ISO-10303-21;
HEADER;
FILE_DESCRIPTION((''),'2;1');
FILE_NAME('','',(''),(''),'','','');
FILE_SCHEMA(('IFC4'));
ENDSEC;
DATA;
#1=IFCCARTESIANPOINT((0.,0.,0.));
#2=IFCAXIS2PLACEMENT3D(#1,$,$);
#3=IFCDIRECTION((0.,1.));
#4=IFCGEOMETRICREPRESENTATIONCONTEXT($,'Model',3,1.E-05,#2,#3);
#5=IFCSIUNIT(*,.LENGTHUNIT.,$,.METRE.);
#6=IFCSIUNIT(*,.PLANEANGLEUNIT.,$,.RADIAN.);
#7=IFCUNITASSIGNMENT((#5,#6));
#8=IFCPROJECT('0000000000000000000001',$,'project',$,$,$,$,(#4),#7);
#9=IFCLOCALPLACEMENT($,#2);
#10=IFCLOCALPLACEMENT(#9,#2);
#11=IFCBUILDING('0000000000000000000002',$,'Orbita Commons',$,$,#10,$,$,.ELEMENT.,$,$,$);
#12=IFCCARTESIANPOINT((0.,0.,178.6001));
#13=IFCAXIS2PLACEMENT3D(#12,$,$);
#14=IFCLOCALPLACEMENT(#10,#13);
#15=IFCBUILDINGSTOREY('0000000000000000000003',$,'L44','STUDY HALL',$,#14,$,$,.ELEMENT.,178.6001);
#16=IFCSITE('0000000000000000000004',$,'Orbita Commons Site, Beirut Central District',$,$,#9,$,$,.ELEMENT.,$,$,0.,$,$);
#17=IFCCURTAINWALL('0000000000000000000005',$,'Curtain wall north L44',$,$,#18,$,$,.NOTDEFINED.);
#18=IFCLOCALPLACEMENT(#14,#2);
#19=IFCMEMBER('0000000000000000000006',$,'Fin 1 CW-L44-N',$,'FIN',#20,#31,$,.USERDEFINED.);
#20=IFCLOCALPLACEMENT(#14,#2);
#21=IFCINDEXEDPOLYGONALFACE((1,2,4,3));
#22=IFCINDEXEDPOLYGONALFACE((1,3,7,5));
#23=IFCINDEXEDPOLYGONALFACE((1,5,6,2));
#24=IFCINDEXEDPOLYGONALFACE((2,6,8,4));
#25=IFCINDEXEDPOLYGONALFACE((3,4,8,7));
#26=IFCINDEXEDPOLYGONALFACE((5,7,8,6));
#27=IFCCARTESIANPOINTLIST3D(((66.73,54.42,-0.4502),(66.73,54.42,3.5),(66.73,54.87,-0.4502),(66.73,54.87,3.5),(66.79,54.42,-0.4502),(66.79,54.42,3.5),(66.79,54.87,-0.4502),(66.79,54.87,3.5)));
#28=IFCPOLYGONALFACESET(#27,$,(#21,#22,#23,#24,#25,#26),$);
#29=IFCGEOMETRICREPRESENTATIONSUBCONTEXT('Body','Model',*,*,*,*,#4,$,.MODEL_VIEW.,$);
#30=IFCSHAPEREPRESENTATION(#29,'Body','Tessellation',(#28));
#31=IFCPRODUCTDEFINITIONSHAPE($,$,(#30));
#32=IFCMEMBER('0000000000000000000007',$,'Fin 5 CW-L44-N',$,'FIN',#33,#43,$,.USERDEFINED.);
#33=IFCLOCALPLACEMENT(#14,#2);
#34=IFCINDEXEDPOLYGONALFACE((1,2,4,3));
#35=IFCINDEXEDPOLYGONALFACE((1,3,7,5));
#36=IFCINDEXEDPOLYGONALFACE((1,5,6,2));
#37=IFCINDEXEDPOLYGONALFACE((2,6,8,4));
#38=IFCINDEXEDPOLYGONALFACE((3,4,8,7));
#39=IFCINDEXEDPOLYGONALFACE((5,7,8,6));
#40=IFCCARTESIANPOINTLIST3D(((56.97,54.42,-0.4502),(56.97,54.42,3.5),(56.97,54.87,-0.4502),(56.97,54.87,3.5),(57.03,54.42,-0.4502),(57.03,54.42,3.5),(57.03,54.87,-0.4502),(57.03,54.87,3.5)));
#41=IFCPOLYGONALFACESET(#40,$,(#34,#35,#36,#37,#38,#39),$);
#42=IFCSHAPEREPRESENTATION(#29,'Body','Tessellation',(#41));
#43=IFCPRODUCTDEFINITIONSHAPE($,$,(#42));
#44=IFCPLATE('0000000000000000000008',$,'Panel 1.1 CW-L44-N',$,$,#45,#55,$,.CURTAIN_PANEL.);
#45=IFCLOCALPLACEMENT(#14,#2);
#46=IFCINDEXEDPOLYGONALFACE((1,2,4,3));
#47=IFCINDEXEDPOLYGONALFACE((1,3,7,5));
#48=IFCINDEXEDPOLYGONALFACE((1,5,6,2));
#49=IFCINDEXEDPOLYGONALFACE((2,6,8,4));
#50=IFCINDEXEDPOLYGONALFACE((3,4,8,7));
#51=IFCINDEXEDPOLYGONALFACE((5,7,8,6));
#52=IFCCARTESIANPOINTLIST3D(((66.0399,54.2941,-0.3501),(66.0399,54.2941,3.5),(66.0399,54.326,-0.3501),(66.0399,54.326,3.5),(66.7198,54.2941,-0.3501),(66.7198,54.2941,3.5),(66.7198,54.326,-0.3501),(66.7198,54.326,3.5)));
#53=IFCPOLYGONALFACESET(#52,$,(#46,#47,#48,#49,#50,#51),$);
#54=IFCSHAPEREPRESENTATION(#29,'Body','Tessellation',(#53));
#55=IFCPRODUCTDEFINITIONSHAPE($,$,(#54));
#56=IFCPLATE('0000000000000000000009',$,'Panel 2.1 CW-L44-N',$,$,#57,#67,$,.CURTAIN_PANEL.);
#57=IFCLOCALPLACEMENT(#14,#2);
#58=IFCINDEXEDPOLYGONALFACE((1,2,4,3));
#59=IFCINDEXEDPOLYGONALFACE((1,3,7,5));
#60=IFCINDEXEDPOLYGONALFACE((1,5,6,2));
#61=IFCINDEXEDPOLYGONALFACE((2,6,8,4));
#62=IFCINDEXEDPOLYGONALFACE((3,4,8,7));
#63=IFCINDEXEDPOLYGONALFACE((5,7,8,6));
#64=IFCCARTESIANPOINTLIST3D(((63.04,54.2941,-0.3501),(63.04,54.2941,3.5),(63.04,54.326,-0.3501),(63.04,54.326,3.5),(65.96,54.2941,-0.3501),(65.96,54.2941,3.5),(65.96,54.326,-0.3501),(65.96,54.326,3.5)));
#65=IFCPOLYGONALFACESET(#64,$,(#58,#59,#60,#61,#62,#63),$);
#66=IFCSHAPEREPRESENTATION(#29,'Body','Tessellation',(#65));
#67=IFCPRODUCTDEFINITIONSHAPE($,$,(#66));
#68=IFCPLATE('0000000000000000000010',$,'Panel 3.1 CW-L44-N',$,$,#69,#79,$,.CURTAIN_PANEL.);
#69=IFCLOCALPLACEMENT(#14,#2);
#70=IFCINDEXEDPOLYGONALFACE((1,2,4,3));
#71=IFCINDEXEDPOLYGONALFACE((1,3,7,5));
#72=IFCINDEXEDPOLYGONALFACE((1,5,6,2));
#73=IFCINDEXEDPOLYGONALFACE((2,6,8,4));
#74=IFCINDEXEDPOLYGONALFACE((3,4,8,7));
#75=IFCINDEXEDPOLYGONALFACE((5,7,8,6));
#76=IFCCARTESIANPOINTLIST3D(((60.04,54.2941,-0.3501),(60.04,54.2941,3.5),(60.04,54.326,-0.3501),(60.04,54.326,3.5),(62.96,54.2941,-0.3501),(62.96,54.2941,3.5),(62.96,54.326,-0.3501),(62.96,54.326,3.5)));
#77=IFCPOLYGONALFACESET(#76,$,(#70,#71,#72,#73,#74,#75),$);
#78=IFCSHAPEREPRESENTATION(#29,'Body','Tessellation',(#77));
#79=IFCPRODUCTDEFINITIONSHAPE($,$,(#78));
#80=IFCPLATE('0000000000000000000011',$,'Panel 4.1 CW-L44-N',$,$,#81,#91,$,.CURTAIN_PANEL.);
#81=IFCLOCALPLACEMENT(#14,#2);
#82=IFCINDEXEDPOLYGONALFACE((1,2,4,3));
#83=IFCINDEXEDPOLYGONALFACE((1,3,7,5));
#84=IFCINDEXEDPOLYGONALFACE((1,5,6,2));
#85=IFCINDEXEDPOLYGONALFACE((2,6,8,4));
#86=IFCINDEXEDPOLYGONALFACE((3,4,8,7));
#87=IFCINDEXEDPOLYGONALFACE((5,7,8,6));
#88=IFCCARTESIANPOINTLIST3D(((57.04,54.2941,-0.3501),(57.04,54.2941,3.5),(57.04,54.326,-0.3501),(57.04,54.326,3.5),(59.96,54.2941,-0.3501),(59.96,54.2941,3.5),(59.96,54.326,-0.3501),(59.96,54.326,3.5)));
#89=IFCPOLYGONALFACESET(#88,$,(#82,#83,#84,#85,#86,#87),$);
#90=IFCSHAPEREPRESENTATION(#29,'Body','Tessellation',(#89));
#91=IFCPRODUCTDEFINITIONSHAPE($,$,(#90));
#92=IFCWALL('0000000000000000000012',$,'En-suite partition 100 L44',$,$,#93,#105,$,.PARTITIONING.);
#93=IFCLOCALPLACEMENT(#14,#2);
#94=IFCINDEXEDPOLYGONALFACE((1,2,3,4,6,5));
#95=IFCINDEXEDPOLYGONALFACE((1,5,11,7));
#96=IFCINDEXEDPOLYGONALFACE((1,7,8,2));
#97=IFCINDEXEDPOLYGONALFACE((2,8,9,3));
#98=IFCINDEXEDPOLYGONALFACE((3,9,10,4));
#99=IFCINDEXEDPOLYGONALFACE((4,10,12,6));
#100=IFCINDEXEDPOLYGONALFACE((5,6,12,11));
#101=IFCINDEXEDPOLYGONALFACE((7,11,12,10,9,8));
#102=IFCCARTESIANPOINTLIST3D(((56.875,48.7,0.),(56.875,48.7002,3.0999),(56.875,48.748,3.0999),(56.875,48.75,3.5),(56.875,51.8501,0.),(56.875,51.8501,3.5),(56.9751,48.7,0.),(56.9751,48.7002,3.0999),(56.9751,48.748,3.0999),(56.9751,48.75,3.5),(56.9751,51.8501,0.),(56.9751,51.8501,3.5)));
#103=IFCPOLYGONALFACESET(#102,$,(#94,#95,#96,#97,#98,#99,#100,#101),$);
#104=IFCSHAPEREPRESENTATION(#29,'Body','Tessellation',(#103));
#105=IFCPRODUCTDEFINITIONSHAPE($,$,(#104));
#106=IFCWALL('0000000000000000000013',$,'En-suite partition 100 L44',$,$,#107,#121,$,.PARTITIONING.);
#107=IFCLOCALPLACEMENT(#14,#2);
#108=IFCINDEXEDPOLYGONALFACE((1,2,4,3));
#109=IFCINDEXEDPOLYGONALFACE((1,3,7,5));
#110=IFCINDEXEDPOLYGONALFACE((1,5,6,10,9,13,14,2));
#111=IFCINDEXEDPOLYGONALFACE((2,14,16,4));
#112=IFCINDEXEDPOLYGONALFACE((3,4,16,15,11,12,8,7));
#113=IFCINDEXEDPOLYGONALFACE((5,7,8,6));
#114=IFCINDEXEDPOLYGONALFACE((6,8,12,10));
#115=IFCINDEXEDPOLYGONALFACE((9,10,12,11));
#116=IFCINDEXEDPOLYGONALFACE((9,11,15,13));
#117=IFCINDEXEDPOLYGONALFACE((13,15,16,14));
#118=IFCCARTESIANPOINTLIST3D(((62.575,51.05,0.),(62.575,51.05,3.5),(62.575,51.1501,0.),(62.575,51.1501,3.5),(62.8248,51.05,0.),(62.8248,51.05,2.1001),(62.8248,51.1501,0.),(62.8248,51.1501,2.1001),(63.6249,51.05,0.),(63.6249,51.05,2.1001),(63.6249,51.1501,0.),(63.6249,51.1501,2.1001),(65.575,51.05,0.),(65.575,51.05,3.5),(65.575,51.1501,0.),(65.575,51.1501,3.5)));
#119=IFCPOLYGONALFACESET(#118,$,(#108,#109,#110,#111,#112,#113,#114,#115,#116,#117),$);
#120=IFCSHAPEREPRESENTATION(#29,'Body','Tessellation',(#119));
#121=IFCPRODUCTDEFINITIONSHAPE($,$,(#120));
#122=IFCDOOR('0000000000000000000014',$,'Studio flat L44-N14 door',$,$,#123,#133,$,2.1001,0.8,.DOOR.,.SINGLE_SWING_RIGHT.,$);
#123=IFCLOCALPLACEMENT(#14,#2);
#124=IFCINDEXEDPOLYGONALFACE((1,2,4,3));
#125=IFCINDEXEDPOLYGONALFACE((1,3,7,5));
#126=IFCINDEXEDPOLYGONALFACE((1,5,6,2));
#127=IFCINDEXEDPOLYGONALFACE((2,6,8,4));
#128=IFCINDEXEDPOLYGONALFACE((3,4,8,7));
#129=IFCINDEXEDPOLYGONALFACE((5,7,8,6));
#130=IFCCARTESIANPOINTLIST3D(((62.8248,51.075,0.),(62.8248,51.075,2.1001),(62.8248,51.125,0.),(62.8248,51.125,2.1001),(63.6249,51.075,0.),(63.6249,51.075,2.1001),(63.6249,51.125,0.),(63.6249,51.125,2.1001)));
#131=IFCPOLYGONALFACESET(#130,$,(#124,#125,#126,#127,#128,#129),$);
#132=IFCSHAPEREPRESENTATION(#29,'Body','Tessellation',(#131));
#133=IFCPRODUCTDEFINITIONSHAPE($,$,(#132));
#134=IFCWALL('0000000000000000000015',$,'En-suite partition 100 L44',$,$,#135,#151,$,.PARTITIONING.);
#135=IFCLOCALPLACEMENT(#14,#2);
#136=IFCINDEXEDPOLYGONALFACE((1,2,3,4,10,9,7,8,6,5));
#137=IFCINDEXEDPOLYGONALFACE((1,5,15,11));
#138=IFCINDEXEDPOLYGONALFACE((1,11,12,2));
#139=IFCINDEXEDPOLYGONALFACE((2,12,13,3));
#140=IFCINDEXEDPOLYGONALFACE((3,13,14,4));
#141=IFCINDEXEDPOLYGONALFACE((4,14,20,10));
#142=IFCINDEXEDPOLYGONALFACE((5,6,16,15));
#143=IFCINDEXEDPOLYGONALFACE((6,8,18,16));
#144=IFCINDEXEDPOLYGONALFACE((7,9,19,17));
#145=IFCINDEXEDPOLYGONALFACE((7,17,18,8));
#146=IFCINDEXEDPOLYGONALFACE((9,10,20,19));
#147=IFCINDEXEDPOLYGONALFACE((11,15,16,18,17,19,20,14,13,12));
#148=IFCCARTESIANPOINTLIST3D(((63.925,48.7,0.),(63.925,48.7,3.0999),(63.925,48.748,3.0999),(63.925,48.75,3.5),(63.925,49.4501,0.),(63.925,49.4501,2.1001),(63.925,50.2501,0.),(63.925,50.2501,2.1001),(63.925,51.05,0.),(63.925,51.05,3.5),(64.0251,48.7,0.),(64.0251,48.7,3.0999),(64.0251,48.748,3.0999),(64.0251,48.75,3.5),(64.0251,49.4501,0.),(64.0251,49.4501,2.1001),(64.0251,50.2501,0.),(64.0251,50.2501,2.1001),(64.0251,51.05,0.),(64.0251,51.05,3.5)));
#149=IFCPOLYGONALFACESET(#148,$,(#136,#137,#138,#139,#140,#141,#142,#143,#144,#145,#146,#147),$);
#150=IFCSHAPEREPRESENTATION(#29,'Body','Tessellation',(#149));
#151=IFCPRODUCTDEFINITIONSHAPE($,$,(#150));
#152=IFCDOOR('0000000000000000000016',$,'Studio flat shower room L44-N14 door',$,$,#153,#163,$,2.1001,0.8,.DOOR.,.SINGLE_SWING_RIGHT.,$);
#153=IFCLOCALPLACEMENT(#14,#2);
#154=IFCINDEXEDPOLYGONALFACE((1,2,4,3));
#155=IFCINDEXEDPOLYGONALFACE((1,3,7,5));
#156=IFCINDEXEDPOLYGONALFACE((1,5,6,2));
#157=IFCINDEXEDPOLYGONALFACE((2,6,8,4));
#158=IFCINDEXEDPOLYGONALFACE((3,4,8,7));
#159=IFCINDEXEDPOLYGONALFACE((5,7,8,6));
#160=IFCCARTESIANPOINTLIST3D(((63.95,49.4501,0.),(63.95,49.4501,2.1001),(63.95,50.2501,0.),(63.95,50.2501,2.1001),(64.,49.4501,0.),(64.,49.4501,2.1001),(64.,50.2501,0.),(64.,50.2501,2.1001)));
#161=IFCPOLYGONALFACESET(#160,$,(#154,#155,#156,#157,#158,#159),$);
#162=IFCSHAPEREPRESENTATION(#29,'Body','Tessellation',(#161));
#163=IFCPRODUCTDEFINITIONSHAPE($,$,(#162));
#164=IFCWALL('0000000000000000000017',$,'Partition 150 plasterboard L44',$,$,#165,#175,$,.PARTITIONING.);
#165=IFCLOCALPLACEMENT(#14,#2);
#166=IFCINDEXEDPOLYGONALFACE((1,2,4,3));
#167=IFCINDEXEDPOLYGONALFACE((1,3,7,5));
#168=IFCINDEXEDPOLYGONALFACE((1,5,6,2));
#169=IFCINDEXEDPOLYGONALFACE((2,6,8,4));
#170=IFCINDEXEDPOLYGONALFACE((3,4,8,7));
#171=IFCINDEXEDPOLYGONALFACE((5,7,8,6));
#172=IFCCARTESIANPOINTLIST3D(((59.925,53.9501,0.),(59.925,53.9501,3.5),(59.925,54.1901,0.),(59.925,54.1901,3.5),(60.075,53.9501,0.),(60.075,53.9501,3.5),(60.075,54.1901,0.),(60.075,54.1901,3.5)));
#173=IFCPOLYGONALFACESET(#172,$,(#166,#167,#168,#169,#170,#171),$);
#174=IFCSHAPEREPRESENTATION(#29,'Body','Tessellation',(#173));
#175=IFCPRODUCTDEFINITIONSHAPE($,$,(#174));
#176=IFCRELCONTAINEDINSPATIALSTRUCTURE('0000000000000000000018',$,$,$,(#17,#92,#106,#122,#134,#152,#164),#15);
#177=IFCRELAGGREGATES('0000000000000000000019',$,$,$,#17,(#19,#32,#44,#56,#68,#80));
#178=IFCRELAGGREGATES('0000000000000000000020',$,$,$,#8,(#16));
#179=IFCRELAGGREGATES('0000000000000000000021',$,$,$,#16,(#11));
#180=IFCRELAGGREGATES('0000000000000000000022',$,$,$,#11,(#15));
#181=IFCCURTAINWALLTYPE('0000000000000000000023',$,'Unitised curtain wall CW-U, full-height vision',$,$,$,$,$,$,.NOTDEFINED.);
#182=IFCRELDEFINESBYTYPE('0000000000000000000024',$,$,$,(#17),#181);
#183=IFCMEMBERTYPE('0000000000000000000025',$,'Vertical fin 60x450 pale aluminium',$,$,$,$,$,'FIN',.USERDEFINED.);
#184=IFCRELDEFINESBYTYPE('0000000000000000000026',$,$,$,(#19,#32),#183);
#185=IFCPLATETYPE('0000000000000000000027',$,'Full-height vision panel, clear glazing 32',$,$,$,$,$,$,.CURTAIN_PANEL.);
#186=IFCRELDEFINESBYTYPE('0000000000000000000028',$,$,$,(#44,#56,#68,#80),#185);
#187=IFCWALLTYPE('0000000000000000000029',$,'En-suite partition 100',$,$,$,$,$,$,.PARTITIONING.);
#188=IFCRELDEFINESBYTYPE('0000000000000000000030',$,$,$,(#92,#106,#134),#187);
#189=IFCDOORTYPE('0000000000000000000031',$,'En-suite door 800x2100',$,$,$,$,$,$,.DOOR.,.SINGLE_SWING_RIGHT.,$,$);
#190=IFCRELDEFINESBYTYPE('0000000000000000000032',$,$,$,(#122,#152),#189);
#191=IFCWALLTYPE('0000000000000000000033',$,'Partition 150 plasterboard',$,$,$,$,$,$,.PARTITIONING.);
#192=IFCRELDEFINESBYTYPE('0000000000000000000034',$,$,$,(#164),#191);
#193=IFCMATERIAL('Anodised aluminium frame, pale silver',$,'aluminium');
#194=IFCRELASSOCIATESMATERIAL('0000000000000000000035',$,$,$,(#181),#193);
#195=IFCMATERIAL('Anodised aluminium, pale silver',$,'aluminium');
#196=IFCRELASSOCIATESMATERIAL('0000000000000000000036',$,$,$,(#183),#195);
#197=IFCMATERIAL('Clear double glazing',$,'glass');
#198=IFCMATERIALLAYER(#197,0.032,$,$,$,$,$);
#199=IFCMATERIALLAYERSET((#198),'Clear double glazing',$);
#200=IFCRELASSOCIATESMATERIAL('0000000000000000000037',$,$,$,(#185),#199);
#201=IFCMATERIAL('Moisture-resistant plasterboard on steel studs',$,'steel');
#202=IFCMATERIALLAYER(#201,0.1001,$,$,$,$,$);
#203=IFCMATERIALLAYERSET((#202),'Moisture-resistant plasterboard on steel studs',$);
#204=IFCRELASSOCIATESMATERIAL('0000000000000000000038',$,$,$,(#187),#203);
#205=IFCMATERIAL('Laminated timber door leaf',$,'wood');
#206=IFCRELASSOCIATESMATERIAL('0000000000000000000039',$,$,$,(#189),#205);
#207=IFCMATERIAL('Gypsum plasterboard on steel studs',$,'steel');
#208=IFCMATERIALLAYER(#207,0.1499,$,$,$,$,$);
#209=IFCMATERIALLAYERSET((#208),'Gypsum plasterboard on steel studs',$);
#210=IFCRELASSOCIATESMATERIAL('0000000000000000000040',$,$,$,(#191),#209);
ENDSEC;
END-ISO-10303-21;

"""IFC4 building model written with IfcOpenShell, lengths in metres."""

from ifc_helpers import new_model, si_unit, direction, frame, frame_2d, origin, origin_2d, place, context, subcontext, project, spatial, polyline, rectangle, outline, extrude, material, layer, layer_set, material_profile, profile_set, type_object, element, fill, aggregate, save


model = new_model("IFC4")

# Units and contexts
model_context = context("Model", 3, precision=1e-05, world=origin(), true_north=direction((0.0, 1.0)))
body_context = subcontext(model_context, "Body", "Model", "MODEL_VIEW")
ifc_project = project(units=[si_unit("LENGTHUNIT", "METRE"), si_unit("PLANEANGLEUNIT", "RADIAN")], contexts=[model_context])

# Site, building, storey
site_placement = place(None, origin())
site = spatial("IfcSite", under=ifc_project, at=site_placement, Name="Orbita Commons Site, Beirut Central District", CompositionType="ELEMENT", RefElevation=0.0)
building_placement = place(site_placement, origin())
building = spatial("IfcBuilding", under=site, at=building_placement, Name="Orbita Commons", CompositionType="ELEMENT")
storey_placement = place(building_placement, frame((0.0, 0.0, 178.6001)))
storey = spatial("IfcBuildingStorey", under=building, at=storey_placement, Name="L44", Description="STUDY HALL", CompositionType="ELEMENT", Elevation=178.6001)

# Curtain wall
ifc_material_1 = material(Name="Anodised aluminium frame, pale silver", Category="aluminium")
curtain_wall_type = type_object("IfcCurtainWallType", Name="Unitised curtain wall CW-U, full-height vision", PredefinedType="NOTDEFINED", material=ifc_material_1)
curtain_wall_placement = place(storey_placement, origin())
curtain_wall = element("IfcCurtainWall", 1, at=curtain_wall_placement, inside=storey, type_object=curtain_wall_type, Name="Curtain wall north L44", PredefinedType="NOTDEFINED")

# Members
ifc_material_2 = material(Name="Anodised aluminium, pale silver", Category="aluminium")
ifc_material_profile_1 = material_profile(ifc_material_2, rectangle(XDim=0.0601, YDim=0.45, at=origin_2d()), Name="FIN 60x450")
ifc_profile_set_1 = profile_set([ifc_material_profile_1], Name="Anodised aluminium, pale silver")
member_type_1 = type_object("IfcMemberType", Name="Vertical fin 60x450 pale aluminium", ElementType="FIN", PredefinedType="USERDEFINED", material=ifc_profile_set_1)
member_1_placement = place(storey_placement, frame((66.76, 54.645, -0.4502), z_axis=(0.0, 0.0, 1.0), x_axis=(-1.0, 0.0, 0.0)))
member_1 = element("IfcMember", 2, at=member_1_placement, type_object=member_type_1, Name="Fin 1 CW-L44-N", ObjectType="FIN", PredefinedType="USERDEFINED", context=body_context, shape_type="SweptSolid", body=[
    extrude(rectangle(XDim=0.0601, YDim=0.45, at=origin_2d()), origin(), (0.0, 0.0, 1.0), 3.9502),
])
member_2_placement = place(storey_placement, frame((57.0, 54.645, -0.4502), z_axis=(0.0, 0.0, 1.0), x_axis=(-1.0, 0.0, 0.0)))
member_2 = element("IfcMember", 3, at=member_2_placement, type_object=member_type_1, Name="Fin 5 CW-L44-N", ObjectType="FIN", PredefinedType="USERDEFINED", context=body_context, shape_type="SweptSolid", body=[
    extrude(rectangle(XDim=0.0601, YDim=0.45, at=origin_2d()), origin(), (0.0, 0.0, 1.0), 3.9502),
])

# Plates
ifc_material_3 = material(Name="Clear double glazing", Category="glass")
ifc_layer_1 = layer(ifc_material_3, 0.032)
ifc_layer_set_1 = layer_set([ifc_layer_1], Name="Clear double glazing")
plate_type = type_object("IfcPlateType", Name="Full-height vision panel, clear glazing 32", PredefinedType="CURTAIN_PANEL", material=ifc_layer_set_1)
plate_1_placement = place(storey_placement, frame((66.3799, 54.3101, -0.3501), z_axis=(0.0, 0.0, 1.0), x_axis=(-1.0, 0.0, 0.0)))
plate_1 = element("IfcPlate", 4, at=plate_1_placement, type_object=plate_type, Name="Panel 1.1 CW-L44-N", PredefinedType="CURTAIN_PANEL", context=body_context, shape_type="SweptSolid", body=[
    extrude(rectangle(XDim=0.6799, YDim=0.032, at=origin_2d()), origin(), (0.0, 0.0, 1.0), 3.8501),
])
plate_2_placement = place(storey_placement, frame((64.5, 54.3101, -0.3501), z_axis=(0.0, 0.0, 1.0), x_axis=(-1.0, 0.0, 0.0)))
plate_2 = element("IfcPlate", 5, at=plate_2_placement, type_object=plate_type, Name="Panel 2.1 CW-L44-N", PredefinedType="CURTAIN_PANEL", context=body_context, shape_type="SweptSolid", body=[
    extrude(rectangle(XDim=2.9199, YDim=0.032, at=origin_2d()), origin(), (0.0, 0.0, 1.0), 3.8501),
])
plate_3_placement = place(storey_placement, frame((61.5, 54.3101, -0.3501), z_axis=(0.0, 0.0, 1.0), x_axis=(-1.0, 0.0, 0.0)))
plate_3 = element("IfcPlate", 6, at=plate_3_placement, type_object=plate_type, Name="Panel 3.1 CW-L44-N", PredefinedType="CURTAIN_PANEL", context=body_context, shape_type="SweptSolid", body=[
    extrude(rectangle(XDim=2.9199, YDim=0.032, at=origin_2d()), origin(), (0.0, 0.0, 1.0), 3.8501),
])
plate_4_placement = place(storey_placement, frame((58.5, 54.3101, -0.3501), z_axis=(0.0, 0.0, 1.0), x_axis=(-1.0, 0.0, 0.0)))
plate_4 = element("IfcPlate", 7, at=plate_4_placement, type_object=plate_type, Name="Panel 4.1 CW-L44-N", PredefinedType="CURTAIN_PANEL", context=body_context, shape_type="SweptSolid", body=[
    extrude(rectangle(XDim=2.9199, YDim=0.032, at=origin_2d()), origin(), (0.0, 0.0, 1.0), 3.8501),
])
aggregate(curtain_wall, [member_1, member_2, plate_1, plate_2, plate_3, plate_4])

# Wall
ifc_material_4 = material(Name="Moisture-resistant plasterboard on steel studs", Category="steel")
ifc_layer_2 = layer(ifc_material_4, 0.1001)
ifc_layer_set_2 = layer_set([ifc_layer_2], Name="Moisture-resistant plasterboard on steel studs")
wall_type_1 = type_object("IfcWallType", Name="En-suite partition 100", PredefinedType="PARTITIONING", material=ifc_layer_set_2)
wall_1_placement = place(storey_placement, frame((56.925, 51.8501, 0.0), z_axis=(0.0, 0.0, 1.0), x_axis=(0.0, -1.0, 0.0)))
element("IfcWall", 8, at=wall_1_placement, inside=storey, type_object=wall_type_1, Name="En-suite partition 100 L44", PredefinedType="PARTITIONING", context=body_context, shape_type="SweptSolid", body=[
    extrude(outline(polyline([(0.0, 0.0), (3.1501, 0.0), (3.1499, 3.0999), (3.1021, 3.0999), (3.1001, 3.5), (0.0, 3.5), (0.0, 0.0)])), frame((0.0, 0.05, 0.0), z_axis=(0.0, -1.0, 0.0), x_axis=(1.0, 0.0, 0.0)), (0.0, 0.0, 1.0), 0.1001),
])

# Walls, openings, doors
wall_2_placement = place(storey_placement, frame((62.575, 51.1001, 0.0), z_axis=(0.0, 0.0, 1.0), x_axis=(1.0, 0.0, 0.0)))
wall_2 = element("IfcWall", 9, at=wall_2_placement, inside=storey, type_object=wall_type_1, Name="En-suite partition 100 L44", PredefinedType="PARTITIONING", context=body_context, shape_type="SweptSolid", body=[
    extrude(rectangle(XDim=3.0, YDim=0.1001, at=frame_2d((1.5, 0.0))), origin(), (0.0, 0.0, 1.0), 3.5),
])
opening_1_placement = place(wall_2_placement, frame((0.25, 0.0, 0.0)))
opening_1 = element("IfcOpeningElement", 10, at=opening_1_placement, cuts=wall_2, PredefinedType="OPENING", context=body_context, shape_type="SweptSolid", body=[
    extrude(rectangle(XDim=0.8, YDim=2.1001, at=frame_2d((0.3999, 1.05))), frame((0.0, 0.0601, 0.0), z_axis=(0.0, -1.0, 0.0), x_axis=(1.0, 0.0, 0.0)), (0.0, 0.0, 1.0), 0.1201),
])
ifc_material_5 = material(Name="Laminated timber door leaf", Category="wood")
door_type = type_object("IfcDoorType", Name="En-suite door 800x2100", OperationType="SINGLE_SWING_RIGHT", PredefinedType="DOOR", material=ifc_material_5)
door_1_placement = place(opening_1_placement, origin())
door_1 = element("IfcDoor", 11, at=door_1_placement, inside=storey, type_object=door_type, Name="Studio flat L44-N14 door", OperationType="SINGLE_SWING_RIGHT", OverallHeight=2.1001, OverallWidth=0.8, PredefinedType="DOOR", context=body_context, shape_type="SweptSolid", body=[
    extrude(rectangle(XDim=0.8, YDim=2.1001, at=frame_2d((0.3999, 1.05))), frame((0.0, 0.0249, 0.0), z_axis=(0.0, -1.0, 0.0), x_axis=(1.0, 0.0, 0.0)), (0.0, 0.0, 1.0), 0.05),
])
fill(opening_1, door_1)
wall_3_placement = place(storey_placement, frame((63.9751, 51.05, 0.0), z_axis=(0.0, 0.0, 1.0), x_axis=(0.0, -1.0, 0.0)))
wall_3 = element("IfcWall", 12, at=wall_3_placement, inside=storey, type_object=wall_type_1, Name="En-suite partition 100 L44", PredefinedType="PARTITIONING", context=body_context, shape_type="SweptSolid", body=[
    extrude(outline(polyline([(0.0, 0.0), (2.3501, 0.0), (2.3501, 3.0999), (2.302, 3.0999), (2.3, 3.5), (0.0, 3.5), (0.0, 0.0)])), frame((0.0, 0.05, 0.0), z_axis=(0.0, -1.0, 0.0), x_axis=(1.0, 0.0, 0.0)), (0.0, 0.0, 1.0), 0.1001),
])
opening_2_placement = place(wall_3_placement, frame((0.8, 0.0, 0.0)))
opening_2 = element("IfcOpeningElement", 13, at=opening_2_placement, cuts=wall_3, PredefinedType="OPENING", context=body_context, shape_type="SweptSolid", body=[
    extrude(rectangle(XDim=0.8, YDim=2.1001, at=frame_2d((0.3999, 1.05))), frame((0.0, 0.0601, 0.0), z_axis=(0.0, -1.0, 0.0), x_axis=(1.0, 0.0, 0.0)), (0.0, 0.0, 1.0), 0.1201),
])
door_2_placement = place(opening_2_placement, origin())
door_2 = element("IfcDoor", 14, at=door_2_placement, inside=storey, type_object=door_type, Name="Studio flat shower room L44-N14 door", OperationType="SINGLE_SWING_RIGHT", OverallHeight=2.1001, OverallWidth=0.8, PredefinedType="DOOR", context=body_context, shape_type="SweptSolid", body=[
    extrude(rectangle(XDim=0.8, YDim=2.1001, at=frame_2d((0.3999, 1.05))), frame((0.0, 0.0249, 0.0), z_axis=(0.0, -1.0, 0.0), x_axis=(1.0, 0.0, 0.0)), (0.0, 0.0, 1.0), 0.05),
])
fill(opening_2, door_2)

# Wall
ifc_material_6 = material(Name="Gypsum plasterboard on steel studs", Category="steel")
ifc_layer_3 = layer(ifc_material_6, 0.1499)
ifc_layer_set_3 = layer_set([ifc_layer_3], Name="Gypsum plasterboard on steel studs")
wall_type_2 = type_object("IfcWallType", Name="Partition 150 plasterboard", PredefinedType="PARTITIONING", material=ifc_layer_set_3)
for number, where, z_axis, x_axis, name in (
    (15, (60.0, 53.95, 0.0), (0.0, 0.0, 1.0), (0.0, 1.0, 0.0), "Partition 150 plasterboard L44"),
):
    element("IfcWall", number, at=place(storey_placement, frame(where, z_axis=z_axis, x_axis=x_axis)), inside=storey, type_object=wall_type_2, Name=name, PredefinedType="PARTITIONING", context=body_context, shape_type="SweptSolid", body=[
        extrude(rectangle(XDim=0.24, YDim=0.1499, at=frame_2d((0.1201, 0.0))), origin(), (0.0, 0.0, 1.0), 3.5),
    ])

save(model, "model.ifc")
